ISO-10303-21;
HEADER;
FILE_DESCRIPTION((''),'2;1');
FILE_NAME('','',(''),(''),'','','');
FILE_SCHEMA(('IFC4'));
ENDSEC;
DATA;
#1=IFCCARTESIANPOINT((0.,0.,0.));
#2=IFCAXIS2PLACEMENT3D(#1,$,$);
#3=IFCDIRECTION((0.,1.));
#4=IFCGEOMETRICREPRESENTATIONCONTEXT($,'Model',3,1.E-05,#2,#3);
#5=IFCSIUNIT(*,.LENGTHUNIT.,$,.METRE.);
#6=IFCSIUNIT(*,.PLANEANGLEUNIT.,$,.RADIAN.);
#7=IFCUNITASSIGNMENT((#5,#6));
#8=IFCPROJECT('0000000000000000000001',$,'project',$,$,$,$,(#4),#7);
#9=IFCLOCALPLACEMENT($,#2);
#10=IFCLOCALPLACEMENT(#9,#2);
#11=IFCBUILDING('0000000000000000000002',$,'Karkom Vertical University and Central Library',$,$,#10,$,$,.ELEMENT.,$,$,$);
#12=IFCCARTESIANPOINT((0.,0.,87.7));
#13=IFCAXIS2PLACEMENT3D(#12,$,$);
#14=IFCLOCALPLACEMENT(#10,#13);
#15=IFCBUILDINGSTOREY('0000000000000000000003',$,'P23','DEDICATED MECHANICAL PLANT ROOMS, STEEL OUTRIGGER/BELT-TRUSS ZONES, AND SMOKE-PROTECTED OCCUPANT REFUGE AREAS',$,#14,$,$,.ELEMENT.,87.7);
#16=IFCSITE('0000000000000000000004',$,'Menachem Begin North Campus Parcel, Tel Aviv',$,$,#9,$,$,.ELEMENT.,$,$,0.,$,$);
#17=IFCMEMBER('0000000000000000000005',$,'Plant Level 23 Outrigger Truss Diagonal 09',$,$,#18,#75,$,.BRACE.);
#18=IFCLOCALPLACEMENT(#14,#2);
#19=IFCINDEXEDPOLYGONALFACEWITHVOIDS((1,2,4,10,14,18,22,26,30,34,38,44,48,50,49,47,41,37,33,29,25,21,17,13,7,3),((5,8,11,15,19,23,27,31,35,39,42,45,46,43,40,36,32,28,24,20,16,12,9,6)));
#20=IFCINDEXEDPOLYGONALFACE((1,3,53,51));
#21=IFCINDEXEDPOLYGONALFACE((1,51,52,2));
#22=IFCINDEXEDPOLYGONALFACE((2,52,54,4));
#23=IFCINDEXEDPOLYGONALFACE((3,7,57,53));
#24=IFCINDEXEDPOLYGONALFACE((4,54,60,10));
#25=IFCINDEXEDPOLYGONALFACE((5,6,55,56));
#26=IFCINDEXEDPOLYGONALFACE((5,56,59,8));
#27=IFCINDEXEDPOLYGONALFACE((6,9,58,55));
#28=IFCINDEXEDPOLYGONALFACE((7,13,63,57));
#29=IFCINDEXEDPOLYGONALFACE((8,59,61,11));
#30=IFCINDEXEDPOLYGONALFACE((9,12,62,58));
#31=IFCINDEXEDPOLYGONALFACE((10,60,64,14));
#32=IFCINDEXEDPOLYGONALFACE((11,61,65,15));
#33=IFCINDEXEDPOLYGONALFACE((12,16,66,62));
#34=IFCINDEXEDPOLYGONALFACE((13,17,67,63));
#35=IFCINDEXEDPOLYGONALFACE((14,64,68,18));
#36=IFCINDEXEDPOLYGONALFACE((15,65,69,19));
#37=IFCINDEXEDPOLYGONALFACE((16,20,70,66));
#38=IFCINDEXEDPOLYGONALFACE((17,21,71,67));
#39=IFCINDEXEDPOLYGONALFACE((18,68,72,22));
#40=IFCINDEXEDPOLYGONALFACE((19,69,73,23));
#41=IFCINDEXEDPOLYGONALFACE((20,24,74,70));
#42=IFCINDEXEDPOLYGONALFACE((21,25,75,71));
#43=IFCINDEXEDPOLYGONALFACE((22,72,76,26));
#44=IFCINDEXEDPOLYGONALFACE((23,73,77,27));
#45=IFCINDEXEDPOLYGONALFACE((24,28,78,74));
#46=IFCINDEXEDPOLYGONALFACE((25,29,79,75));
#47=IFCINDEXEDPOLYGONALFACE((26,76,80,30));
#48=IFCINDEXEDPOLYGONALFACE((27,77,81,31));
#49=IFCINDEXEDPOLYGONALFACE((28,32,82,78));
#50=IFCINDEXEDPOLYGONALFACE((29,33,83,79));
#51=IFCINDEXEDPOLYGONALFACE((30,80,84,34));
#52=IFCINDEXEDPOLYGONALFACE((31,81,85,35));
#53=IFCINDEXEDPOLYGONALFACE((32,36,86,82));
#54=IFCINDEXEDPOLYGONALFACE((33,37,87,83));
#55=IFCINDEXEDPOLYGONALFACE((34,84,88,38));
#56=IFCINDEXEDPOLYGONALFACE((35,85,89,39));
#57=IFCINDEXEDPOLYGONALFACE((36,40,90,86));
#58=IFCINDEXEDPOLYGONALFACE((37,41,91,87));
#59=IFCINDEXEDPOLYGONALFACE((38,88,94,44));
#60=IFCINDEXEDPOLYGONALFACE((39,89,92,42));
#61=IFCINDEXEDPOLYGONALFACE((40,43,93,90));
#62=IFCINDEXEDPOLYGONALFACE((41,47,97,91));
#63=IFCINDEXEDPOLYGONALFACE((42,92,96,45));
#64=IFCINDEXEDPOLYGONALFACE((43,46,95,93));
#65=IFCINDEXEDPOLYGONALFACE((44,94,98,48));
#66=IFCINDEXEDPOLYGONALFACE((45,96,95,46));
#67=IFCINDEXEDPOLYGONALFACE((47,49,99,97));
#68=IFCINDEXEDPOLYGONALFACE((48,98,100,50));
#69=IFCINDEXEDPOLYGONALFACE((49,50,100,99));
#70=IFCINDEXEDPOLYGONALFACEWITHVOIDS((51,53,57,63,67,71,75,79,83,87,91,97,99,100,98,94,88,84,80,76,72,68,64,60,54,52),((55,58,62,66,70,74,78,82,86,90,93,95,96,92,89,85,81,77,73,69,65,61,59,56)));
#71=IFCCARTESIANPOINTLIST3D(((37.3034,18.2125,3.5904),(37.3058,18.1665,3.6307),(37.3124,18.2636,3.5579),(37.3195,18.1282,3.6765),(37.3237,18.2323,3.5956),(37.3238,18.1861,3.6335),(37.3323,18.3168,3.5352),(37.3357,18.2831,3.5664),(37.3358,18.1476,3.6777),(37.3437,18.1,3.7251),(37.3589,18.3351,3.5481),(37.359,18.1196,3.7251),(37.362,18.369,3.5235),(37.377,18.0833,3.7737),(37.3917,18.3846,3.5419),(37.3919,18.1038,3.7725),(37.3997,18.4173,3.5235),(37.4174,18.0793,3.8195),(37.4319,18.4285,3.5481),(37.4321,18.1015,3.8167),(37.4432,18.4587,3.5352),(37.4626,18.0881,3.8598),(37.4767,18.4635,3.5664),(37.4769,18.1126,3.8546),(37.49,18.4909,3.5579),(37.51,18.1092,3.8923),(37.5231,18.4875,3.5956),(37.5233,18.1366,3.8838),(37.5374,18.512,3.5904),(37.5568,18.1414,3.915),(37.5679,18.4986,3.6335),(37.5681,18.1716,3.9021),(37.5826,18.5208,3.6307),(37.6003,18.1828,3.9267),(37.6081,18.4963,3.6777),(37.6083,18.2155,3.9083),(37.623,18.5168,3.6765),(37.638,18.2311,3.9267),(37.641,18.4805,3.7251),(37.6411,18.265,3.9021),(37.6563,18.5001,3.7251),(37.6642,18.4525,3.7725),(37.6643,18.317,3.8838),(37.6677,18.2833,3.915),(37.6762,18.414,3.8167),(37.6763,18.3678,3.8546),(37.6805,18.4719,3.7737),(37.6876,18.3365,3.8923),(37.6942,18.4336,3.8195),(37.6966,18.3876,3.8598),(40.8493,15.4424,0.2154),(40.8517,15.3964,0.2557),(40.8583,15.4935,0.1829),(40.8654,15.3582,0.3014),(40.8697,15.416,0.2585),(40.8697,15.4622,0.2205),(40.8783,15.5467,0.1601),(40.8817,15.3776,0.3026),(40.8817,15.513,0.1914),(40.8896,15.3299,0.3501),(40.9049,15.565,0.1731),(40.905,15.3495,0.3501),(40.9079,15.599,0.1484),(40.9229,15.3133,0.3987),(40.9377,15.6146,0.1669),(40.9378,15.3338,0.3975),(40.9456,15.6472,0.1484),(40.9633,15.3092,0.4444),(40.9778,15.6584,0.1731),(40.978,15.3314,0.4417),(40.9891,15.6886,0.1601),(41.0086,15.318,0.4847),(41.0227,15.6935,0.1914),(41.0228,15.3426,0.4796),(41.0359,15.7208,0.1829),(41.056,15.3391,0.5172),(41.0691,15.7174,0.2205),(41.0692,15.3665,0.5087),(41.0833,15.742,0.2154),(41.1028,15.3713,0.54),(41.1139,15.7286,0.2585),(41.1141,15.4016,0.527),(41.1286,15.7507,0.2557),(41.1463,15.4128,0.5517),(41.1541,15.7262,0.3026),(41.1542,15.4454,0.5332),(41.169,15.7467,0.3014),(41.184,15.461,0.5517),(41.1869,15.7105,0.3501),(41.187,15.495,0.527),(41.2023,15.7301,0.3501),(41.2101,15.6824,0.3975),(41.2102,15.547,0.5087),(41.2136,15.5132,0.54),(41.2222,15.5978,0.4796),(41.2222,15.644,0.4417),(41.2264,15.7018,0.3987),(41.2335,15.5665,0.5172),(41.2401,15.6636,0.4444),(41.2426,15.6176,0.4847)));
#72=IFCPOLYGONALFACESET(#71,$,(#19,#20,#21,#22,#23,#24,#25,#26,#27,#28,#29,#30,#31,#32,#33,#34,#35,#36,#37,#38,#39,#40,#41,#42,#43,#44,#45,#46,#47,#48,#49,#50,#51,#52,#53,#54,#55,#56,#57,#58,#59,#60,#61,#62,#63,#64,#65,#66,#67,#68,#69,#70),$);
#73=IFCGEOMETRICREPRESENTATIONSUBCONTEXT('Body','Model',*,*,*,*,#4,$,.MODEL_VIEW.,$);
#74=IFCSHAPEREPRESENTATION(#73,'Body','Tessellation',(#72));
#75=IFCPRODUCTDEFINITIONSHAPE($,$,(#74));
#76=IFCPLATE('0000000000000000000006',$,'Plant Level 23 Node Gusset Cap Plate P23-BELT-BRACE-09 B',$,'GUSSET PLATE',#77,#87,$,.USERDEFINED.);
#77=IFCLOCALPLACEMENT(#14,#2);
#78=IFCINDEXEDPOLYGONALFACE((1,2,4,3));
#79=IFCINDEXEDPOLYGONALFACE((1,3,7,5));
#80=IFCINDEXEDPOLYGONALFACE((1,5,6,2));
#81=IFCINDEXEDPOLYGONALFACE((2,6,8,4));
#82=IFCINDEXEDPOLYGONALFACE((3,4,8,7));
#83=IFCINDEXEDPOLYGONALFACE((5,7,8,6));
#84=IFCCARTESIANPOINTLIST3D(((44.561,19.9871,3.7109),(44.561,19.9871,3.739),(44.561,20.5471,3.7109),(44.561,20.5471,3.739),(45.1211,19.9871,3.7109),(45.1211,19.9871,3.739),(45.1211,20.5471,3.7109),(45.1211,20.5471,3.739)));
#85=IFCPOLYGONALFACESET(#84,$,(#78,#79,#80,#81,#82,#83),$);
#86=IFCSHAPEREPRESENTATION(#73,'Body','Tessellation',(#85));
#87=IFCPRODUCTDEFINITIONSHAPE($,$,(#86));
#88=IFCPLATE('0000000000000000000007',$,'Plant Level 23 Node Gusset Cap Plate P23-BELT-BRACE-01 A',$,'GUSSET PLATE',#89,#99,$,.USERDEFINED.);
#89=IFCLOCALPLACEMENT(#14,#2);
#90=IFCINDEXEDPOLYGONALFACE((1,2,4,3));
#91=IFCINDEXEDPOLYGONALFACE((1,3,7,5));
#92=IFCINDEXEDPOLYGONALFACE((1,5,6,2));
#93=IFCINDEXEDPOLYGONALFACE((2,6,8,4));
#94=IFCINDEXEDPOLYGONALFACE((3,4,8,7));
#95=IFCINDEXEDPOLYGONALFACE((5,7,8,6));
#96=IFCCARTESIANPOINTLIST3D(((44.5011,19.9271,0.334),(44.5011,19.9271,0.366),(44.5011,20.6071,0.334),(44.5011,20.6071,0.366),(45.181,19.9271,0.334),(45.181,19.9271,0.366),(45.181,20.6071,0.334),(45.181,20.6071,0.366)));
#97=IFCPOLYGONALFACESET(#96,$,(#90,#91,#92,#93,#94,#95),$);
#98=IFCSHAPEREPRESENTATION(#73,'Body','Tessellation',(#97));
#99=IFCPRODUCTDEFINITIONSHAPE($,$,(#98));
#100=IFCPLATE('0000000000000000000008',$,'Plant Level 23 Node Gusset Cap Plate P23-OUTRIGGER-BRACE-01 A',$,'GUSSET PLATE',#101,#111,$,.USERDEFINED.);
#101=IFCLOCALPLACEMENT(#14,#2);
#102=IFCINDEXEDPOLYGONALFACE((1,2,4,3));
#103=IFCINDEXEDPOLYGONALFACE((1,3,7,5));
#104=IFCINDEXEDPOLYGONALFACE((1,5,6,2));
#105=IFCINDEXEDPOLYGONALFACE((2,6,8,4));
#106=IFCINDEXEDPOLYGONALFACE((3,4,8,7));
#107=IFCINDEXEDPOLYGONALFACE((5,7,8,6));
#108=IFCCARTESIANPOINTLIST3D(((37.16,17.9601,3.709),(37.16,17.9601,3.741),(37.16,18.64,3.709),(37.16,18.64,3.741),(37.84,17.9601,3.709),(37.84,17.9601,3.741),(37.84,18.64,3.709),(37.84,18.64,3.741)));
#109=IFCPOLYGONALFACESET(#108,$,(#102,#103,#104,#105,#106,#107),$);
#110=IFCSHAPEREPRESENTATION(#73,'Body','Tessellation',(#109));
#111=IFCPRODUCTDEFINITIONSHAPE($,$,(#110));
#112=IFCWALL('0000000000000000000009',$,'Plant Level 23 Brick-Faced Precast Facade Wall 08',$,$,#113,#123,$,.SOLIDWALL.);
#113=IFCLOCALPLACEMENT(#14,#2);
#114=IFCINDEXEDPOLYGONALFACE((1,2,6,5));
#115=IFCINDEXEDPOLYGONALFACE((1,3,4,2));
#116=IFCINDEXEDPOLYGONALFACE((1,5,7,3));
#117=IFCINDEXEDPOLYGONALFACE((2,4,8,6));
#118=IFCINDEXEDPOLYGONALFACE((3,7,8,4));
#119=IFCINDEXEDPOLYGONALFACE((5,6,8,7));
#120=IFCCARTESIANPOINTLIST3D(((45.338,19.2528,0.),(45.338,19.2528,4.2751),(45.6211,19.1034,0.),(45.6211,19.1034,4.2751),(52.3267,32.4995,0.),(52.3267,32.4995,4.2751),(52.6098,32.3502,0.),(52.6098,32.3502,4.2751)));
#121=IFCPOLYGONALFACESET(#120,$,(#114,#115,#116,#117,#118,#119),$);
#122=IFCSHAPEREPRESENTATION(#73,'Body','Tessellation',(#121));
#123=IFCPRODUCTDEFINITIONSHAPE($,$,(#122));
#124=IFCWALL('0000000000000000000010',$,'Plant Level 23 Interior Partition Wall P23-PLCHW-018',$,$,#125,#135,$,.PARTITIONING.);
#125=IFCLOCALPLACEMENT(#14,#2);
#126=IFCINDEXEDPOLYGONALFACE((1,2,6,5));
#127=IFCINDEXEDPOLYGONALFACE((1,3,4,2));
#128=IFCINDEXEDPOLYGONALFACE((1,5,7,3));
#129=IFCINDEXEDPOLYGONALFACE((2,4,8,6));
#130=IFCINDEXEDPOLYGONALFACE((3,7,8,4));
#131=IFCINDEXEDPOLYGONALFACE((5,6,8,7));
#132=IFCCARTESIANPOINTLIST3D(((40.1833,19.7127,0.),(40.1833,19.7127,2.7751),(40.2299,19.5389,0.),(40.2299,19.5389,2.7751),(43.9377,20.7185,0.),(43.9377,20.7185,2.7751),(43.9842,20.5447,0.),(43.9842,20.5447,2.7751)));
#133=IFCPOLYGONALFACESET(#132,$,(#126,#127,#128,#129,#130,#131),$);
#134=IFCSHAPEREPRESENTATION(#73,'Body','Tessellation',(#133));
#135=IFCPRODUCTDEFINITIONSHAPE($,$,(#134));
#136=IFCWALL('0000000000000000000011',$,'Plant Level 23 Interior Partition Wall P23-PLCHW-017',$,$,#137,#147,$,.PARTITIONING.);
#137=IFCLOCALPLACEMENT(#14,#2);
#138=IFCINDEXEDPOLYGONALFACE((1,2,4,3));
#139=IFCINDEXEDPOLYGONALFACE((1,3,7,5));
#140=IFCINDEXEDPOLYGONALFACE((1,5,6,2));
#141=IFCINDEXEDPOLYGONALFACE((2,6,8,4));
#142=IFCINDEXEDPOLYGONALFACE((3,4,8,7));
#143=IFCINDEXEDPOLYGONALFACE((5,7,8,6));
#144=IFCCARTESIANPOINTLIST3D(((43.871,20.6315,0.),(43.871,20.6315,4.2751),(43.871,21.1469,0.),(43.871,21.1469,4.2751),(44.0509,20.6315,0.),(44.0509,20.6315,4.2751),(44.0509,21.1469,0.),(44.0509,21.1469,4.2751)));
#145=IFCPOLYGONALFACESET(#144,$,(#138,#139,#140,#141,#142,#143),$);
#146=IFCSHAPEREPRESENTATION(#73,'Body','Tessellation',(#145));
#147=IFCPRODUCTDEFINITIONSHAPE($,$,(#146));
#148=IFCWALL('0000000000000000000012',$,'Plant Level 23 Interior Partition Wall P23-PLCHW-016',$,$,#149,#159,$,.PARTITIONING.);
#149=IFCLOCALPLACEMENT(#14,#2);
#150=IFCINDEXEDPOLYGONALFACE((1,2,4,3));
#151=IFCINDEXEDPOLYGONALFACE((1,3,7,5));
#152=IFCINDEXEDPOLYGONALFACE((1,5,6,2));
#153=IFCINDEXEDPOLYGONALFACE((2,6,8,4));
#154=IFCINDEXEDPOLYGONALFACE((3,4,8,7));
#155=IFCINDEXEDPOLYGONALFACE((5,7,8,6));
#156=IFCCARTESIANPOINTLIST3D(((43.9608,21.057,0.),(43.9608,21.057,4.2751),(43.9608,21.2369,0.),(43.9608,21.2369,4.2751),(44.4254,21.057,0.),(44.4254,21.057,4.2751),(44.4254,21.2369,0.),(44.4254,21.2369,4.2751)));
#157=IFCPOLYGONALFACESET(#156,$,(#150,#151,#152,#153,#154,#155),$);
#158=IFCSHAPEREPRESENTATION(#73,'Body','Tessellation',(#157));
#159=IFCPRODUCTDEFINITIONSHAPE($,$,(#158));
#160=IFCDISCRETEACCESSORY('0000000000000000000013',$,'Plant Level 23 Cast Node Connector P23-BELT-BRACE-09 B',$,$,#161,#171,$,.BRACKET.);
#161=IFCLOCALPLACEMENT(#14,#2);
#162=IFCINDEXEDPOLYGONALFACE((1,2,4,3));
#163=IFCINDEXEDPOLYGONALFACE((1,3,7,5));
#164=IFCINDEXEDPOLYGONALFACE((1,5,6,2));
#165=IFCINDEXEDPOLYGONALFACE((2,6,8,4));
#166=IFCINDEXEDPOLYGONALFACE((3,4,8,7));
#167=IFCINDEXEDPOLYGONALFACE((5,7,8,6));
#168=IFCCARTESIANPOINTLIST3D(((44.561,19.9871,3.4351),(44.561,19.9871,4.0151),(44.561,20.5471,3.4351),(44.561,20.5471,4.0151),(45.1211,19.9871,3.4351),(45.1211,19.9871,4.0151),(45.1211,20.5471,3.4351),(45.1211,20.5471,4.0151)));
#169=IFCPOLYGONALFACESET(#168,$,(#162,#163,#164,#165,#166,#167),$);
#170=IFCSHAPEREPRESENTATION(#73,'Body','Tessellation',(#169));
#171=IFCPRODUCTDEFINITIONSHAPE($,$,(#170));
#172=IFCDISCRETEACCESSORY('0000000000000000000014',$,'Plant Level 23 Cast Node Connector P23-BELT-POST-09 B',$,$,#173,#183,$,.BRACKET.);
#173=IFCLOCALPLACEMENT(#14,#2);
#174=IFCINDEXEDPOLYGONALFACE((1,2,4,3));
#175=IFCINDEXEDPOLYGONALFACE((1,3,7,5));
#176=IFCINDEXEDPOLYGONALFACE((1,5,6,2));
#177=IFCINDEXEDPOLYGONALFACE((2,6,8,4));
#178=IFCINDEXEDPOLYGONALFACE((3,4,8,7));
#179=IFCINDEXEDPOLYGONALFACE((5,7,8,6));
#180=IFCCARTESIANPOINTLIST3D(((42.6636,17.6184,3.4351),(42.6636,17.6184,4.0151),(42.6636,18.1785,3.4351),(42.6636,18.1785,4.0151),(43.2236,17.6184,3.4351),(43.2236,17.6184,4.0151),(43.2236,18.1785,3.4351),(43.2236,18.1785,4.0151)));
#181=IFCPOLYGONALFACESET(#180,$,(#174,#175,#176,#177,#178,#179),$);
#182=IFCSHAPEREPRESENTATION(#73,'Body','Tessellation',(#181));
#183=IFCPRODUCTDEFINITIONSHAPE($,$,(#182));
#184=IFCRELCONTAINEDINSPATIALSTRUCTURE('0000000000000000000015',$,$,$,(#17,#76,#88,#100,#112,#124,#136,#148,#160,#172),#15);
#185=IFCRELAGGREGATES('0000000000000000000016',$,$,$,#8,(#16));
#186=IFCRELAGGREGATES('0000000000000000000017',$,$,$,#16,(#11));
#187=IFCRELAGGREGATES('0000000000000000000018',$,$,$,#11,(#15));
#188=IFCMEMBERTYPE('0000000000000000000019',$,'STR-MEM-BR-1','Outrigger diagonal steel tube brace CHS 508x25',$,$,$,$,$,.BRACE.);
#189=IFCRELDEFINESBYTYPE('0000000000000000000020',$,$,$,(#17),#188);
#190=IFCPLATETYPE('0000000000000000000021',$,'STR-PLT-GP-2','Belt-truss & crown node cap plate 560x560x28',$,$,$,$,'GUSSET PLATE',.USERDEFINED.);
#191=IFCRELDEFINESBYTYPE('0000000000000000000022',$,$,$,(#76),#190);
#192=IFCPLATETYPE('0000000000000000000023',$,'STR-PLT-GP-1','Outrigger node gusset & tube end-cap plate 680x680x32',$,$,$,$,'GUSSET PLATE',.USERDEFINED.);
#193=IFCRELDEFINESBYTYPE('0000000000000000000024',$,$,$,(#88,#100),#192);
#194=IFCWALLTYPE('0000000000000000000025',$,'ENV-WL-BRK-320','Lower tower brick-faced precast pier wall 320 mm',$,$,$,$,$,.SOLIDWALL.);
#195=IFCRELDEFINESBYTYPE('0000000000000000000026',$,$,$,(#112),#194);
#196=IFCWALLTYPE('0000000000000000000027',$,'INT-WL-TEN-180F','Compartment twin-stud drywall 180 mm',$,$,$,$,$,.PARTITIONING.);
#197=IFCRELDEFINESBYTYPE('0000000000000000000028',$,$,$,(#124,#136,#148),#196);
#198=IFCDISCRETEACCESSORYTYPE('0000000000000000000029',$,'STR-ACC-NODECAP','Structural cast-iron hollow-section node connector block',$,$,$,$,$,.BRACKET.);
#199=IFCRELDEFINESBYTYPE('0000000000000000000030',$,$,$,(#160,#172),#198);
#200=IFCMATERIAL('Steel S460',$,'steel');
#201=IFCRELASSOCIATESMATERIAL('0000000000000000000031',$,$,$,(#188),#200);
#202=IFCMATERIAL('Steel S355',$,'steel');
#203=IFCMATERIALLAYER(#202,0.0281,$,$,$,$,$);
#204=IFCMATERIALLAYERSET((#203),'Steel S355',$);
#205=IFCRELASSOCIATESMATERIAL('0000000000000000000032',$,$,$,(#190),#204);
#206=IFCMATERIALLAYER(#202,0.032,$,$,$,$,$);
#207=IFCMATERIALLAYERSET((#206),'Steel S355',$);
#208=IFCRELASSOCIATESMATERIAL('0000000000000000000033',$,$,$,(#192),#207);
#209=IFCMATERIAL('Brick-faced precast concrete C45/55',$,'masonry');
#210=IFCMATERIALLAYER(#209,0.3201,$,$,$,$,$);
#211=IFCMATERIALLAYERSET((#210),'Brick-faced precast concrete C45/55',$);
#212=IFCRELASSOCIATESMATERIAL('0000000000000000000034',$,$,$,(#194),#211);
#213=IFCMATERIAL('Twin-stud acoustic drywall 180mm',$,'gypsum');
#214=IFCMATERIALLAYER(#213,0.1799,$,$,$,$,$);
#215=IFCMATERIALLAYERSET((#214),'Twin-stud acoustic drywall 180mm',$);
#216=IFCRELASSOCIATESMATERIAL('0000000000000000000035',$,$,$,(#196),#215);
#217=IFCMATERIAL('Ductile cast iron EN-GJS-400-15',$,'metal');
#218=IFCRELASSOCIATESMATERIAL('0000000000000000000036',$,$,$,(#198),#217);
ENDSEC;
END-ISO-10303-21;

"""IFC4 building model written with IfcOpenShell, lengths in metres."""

from ifc_helpers import new_model, si_unit, direction, frame, frame_2d, origin, origin_with_axes, origin_2d, place, context, subcontext, project, spatial, rectangle, hollow_circle, extrude, source, transform, mapped, material, layer, layer_set, material_profile, profile_set, type_object, element, save


model = new_model("IFC4")

# Units and contexts
model_context = context("Model", 3, precision=1e-05, world=origin(), true_north=direction((0.0, 1.0)))
body_context = subcontext(model_context, "Body", "Model", "MODEL_VIEW")
ifc_project = project(units=[si_unit("LENGTHUNIT", "METRE"), si_unit("PLANEANGLEUNIT", "RADIAN")], contexts=[model_context])

# Site, building, storey
site_placement = place(None, origin())
site = spatial("IfcSite", under=ifc_project, at=site_placement, Name="Menachem Begin North Campus Parcel, Tel Aviv", CompositionType="ELEMENT", RefElevation=0.0)
building_placement = place(site_placement, origin())
building = spatial("IfcBuilding", under=site, at=building_placement, Name="Karkom Vertical University and Central Library", CompositionType="ELEMENT")
storey_placement = place(building_placement, frame((0.0, 0.0, 87.7)))
storey = spatial("IfcBuildingStorey", under=building, at=storey_placement, Name="P23", Description="DEDICATED MECHANICAL PLANT ROOMS, STEEL OUTRIGGER/BELT-TRUSS ZONES, AND SMOKE-PROTECTED OCCUPANT REFUGE AREAS", CompositionType="ELEMENT", Elevation=87.7)

# Shared definitions
ifc_material_1 = material(Name="Steel S355", Category="steel")
ifc_material_2 = material(Name="Steel S460", Category="steel")

# Member
ifc_material_profile_1 = material_profile(ifc_material_2, hollow_circle(Radius=0.2539, WallThickness=0.0249, at=origin_2d()), Name="CHS 508x25")
ifc_profile_set_1 = profile_set([ifc_material_profile_1], Name="Steel S460")
member_type_1 = type_object("IfcMemberType", Name="STR-MEM-BR-1", Description="Outrigger diagonal steel tube brace CHS 508x25", PredefinedType="BRACE", material=ifc_profile_set_1)
shared_shape_1 = source(origin_with_axes(), body_context, "Body", "SweptSolid", [
    extrude(hollow_circle(Radius=0.2539, WallThickness=0.0249, at=origin_2d()), origin(), (0.0, 0.0, 1.0), 5.6248),
])
member_1_placement = place(storey_placement, frame((37.5, 18.3, 3.7251), z_axis=(0.630418, -0.492476, -0.600034), x_axis=(0.615615, 0.788047, 0.0)))
element("IfcMember", 1, at=member_1_placement, inside=storey, type_object=member_type_1, Name="Plant Level 23 Outrigger Truss Diagonal 09", PredefinedType="BRACE", context=body_context, shape_type="MappedRepresentation", body=[
    mapped(shared_shape_1, transform((0.0, 0.0, 0.0), scale=1.0)),
])

# Plates
ifc_layer_1 = layer(ifc_material_1, 0.0281)
ifc_layer_set_1 = layer_set([ifc_layer_1], Name="Steel S355")
plate_type_1 = type_object("IfcPlateType", Name="STR-PLT-GP-2", Description="Belt-truss & crown node cap plate 560x560x28", ElementType="GUSSET PLATE", PredefinedType="USERDEFINED", material=ifc_layer_set_1)
shared_shape_2 = source(origin_with_axes(), body_context, "Body", "SweptSolid", [
    extrude(rectangle(XDim=0.5601, YDim=0.5601, at=origin_2d()), origin(), (0.0, 0.0, 1.0), 0.0281),
])
plate_placement = place(storey_placement, frame((44.8411, 20.2671, 3.7109), z_axis=(0.0, 0.0, 1.0), x_axis=(1.0, 0.0, 0.0)))
element("IfcPlate", 2, at=plate_placement, inside=storey, type_object=plate_type_1, Name="Plant Level 23 Node Gusset Cap Plate P23-BELT-BRACE-09 B", ObjectType="GUSSET PLATE", PredefinedType="USERDEFINED", context=body_context, shape_type="MappedRepresentation", body=[
    mapped(shared_shape_2, transform((0.0, 0.0, 0.0), scale=1.0)),
])
ifc_layer_2 = layer(ifc_material_1, 0.032)
ifc_layer_set_2 = layer_set([ifc_layer_2], Name="Steel S355")
plate_type_2 = type_object("IfcPlateType", Name="STR-PLT-GP-1", Description="Outrigger node gusset & tube end-cap plate 680x680x32", ElementType="GUSSET PLATE", PredefinedType="USERDEFINED", material=ifc_layer_set_2)
shared_shape_3 = source(origin_with_axes(), body_context, "Body", "SweptSolid", [
    extrude(rectangle(XDim=0.6799, YDim=0.6799, at=origin_2d()), origin(), (0.0, 0.0, 1.0), 0.032),
])
for number, where, z_axis, x_axis, name in (
    (3, (44.8411, 20.2671, 0.334), (0.0, 0.0, 1.0), (1.0, 0.0, 0.0), "Plant Level 23 Node Gusset Cap Plate P23-BELT-BRACE-01 A"),
    (4, (37.5, 18.3, 3.709), (0.0, 0.0, 1.0), (1.0, 0.0, 0.0), "Plant Level 23 Node Gusset Cap Plate P23-OUTRIGGER-BRACE-01 A"),
):
    element("IfcPlate", number, at=place(storey_placement, frame(where, z_axis=z_axis, x_axis=x_axis)), inside=storey, type_object=plate_type_2, Name=name, ObjectType="GUSSET PLATE", PredefinedType="USERDEFINED", context=body_context, shape_type="MappedRepresentation", body=[
        mapped(shared_shape_3, transform((0.0, 0.0, 0.0), scale=1.0)),
    ])

# Walls
ifc_material_3 = material(Name="Brick-faced precast concrete C45/55", Category="masonry")
ifc_layer_3 = layer(ifc_material_3, 0.3201)
ifc_layer_set_3 = layer_set([ifc_layer_3], Name="Brick-faced precast concrete C45/55")
wall_type_1 = type_object("IfcWallType", Name="ENV-WL-BRK-320", Description="Lower tower brick-faced precast pier wall 320 mm", PredefinedType="SOLIDWALL", material=ifc_layer_set_3)
wall_1_placement = place(storey_placement, frame((45.4795, 19.178, 0.0), z_axis=(0.0, 0.0, 1.0), x_axis=(0.466622, 0.884457, 0.0)))
element("IfcWall", 5, at=wall_1_placement, inside=storey, type_object=wall_type_1, Name="Plant Level 23 Brick-Faced Precast Facade Wall 08", PredefinedType="SOLIDWALL", context=body_context, shape_type="SweptSolid", body=[
    extrude(rectangle(XDim=14.9773, YDim=0.3201, at=frame_2d((7.4888, 0.0))), origin(), (0.0, 0.0, 1.0), 4.2751),
])
ifc_material_4 = material(Name="Twin-stud acoustic drywall 180mm", Category="gypsum")
ifc_layer_4 = layer(ifc_material_4, 0.1799)
ifc_layer_set_4 = layer_set([ifc_layer_4], Name="Twin-stud acoustic drywall 180mm")
wall_type_2 = type_object("IfcWallType", Name="INT-WL-TEN-180F", Description="Compartment twin-stud drywall 180 mm", PredefinedType="PARTITIONING", material=ifc_layer_set_4)
wall_2_placement = place(storey_placement, frame((43.9609, 20.6316, 0.0), z_axis=(0.0, 0.0, 1.0), x_axis=(-0.965934, -0.258788, 0.0)))
element("IfcWall", 6, at=wall_2_placement, inside=storey, type_object=wall_type_2, Name="Plant Level 23 Interior Partition Wall P23-PLCHW-018", PredefinedType="PARTITIONING", context=body_context, shape_type="SweptSolid", body=[
    extrude(rectangle(XDim=3.8867, YDim=0.1799, at=frame_2d((1.9434, 0.0))), origin(), (0.0, 0.0, 1.0), 2.7751),
])
wall_3_placement = place(storey_placement, frame((43.9609, 21.147, 0.0), z_axis=(0.0, 0.0, 1.0), x_axis=(0.0, -1.0, 0.0)))
element("IfcWall", 7, at=wall_3_placement, inside=storey, type_object=wall_type_2, Name="Plant Level 23 Interior Partition Wall P23-PLCHW-017", PredefinedType="PARTITIONING", context=body_context, shape_type="SweptSolid", body=[
    extrude(rectangle(XDim=0.5154, YDim=0.1799, at=frame_2d((0.2578, 0.0))), origin(), (0.0, 0.0, 1.0), 4.2751),
])
wall_4_placement = place(storey_placement, frame((44.4255, 21.147, 0.0), z_axis=(0.0, 0.0, 1.0), x_axis=(-1.0, 0.0, 0.0)))
element("IfcWall", 8, at=wall_4_placement, inside=storey, type_object=wall_type_2, Name="Plant Level 23 Interior Partition Wall P23-PLCHW-016", PredefinedType="PARTITIONING", context=body_context, shape_type="SweptSolid", body=[
    extrude(rectangle(XDim=0.4646, YDim=0.1799, at=frame_2d((0.2324, 0.0))), origin(), (0.0, 0.0, 1.0), 4.2751),
])

# Discrete accessories
ifc_material_5 = material(Name="Ductile cast iron EN-GJS-400-15", Category="metal")
discrete_accessory_type = type_object("IfcDiscreteAccessoryType", Name="STR-ACC-NODECAP", Description="Structural cast-iron hollow-section node connector block", PredefinedType="BRACKET", material=ifc_material_5)
shared_shape_4 = source(origin_with_axes(), body_context, "Body", "SweptSolid", [
    extrude(rectangle(XDim=0.5601, YDim=0.5601, at=origin_2d()), origin(), (0.0, 0.0, 1.0), 0.5801),
])
for number, where, z_axis, x_axis, name in (
    (9, (44.8411, 20.2671, 3.4351), (0.0, 0.0, 1.0), (1.0, 0.0, 0.0), "Plant Level 23 Cast Node Connector P23-BELT-BRACE-09 B"),
    (10, (42.9436, 17.8984, 3.4351), (0.0, 0.0, 1.0), (1.0, 0.0, 0.0), "Plant Level 23 Cast Node Connector P23-BELT-POST-09 B"),
):
    element("IfcDiscreteAccessory", number, at=place(storey_placement, frame(where, z_axis=z_axis, x_axis=x_axis)), inside=storey, type_object=discrete_accessory_type, Name=name, PredefinedType="BRACKET", context=body_context, shape_type="MappedRepresentation", body=[
        mapped(shared_shape_4, transform((0.0, 0.0, 0.0), scale=1.0)),
    ])

save(model, "model.ifc")
